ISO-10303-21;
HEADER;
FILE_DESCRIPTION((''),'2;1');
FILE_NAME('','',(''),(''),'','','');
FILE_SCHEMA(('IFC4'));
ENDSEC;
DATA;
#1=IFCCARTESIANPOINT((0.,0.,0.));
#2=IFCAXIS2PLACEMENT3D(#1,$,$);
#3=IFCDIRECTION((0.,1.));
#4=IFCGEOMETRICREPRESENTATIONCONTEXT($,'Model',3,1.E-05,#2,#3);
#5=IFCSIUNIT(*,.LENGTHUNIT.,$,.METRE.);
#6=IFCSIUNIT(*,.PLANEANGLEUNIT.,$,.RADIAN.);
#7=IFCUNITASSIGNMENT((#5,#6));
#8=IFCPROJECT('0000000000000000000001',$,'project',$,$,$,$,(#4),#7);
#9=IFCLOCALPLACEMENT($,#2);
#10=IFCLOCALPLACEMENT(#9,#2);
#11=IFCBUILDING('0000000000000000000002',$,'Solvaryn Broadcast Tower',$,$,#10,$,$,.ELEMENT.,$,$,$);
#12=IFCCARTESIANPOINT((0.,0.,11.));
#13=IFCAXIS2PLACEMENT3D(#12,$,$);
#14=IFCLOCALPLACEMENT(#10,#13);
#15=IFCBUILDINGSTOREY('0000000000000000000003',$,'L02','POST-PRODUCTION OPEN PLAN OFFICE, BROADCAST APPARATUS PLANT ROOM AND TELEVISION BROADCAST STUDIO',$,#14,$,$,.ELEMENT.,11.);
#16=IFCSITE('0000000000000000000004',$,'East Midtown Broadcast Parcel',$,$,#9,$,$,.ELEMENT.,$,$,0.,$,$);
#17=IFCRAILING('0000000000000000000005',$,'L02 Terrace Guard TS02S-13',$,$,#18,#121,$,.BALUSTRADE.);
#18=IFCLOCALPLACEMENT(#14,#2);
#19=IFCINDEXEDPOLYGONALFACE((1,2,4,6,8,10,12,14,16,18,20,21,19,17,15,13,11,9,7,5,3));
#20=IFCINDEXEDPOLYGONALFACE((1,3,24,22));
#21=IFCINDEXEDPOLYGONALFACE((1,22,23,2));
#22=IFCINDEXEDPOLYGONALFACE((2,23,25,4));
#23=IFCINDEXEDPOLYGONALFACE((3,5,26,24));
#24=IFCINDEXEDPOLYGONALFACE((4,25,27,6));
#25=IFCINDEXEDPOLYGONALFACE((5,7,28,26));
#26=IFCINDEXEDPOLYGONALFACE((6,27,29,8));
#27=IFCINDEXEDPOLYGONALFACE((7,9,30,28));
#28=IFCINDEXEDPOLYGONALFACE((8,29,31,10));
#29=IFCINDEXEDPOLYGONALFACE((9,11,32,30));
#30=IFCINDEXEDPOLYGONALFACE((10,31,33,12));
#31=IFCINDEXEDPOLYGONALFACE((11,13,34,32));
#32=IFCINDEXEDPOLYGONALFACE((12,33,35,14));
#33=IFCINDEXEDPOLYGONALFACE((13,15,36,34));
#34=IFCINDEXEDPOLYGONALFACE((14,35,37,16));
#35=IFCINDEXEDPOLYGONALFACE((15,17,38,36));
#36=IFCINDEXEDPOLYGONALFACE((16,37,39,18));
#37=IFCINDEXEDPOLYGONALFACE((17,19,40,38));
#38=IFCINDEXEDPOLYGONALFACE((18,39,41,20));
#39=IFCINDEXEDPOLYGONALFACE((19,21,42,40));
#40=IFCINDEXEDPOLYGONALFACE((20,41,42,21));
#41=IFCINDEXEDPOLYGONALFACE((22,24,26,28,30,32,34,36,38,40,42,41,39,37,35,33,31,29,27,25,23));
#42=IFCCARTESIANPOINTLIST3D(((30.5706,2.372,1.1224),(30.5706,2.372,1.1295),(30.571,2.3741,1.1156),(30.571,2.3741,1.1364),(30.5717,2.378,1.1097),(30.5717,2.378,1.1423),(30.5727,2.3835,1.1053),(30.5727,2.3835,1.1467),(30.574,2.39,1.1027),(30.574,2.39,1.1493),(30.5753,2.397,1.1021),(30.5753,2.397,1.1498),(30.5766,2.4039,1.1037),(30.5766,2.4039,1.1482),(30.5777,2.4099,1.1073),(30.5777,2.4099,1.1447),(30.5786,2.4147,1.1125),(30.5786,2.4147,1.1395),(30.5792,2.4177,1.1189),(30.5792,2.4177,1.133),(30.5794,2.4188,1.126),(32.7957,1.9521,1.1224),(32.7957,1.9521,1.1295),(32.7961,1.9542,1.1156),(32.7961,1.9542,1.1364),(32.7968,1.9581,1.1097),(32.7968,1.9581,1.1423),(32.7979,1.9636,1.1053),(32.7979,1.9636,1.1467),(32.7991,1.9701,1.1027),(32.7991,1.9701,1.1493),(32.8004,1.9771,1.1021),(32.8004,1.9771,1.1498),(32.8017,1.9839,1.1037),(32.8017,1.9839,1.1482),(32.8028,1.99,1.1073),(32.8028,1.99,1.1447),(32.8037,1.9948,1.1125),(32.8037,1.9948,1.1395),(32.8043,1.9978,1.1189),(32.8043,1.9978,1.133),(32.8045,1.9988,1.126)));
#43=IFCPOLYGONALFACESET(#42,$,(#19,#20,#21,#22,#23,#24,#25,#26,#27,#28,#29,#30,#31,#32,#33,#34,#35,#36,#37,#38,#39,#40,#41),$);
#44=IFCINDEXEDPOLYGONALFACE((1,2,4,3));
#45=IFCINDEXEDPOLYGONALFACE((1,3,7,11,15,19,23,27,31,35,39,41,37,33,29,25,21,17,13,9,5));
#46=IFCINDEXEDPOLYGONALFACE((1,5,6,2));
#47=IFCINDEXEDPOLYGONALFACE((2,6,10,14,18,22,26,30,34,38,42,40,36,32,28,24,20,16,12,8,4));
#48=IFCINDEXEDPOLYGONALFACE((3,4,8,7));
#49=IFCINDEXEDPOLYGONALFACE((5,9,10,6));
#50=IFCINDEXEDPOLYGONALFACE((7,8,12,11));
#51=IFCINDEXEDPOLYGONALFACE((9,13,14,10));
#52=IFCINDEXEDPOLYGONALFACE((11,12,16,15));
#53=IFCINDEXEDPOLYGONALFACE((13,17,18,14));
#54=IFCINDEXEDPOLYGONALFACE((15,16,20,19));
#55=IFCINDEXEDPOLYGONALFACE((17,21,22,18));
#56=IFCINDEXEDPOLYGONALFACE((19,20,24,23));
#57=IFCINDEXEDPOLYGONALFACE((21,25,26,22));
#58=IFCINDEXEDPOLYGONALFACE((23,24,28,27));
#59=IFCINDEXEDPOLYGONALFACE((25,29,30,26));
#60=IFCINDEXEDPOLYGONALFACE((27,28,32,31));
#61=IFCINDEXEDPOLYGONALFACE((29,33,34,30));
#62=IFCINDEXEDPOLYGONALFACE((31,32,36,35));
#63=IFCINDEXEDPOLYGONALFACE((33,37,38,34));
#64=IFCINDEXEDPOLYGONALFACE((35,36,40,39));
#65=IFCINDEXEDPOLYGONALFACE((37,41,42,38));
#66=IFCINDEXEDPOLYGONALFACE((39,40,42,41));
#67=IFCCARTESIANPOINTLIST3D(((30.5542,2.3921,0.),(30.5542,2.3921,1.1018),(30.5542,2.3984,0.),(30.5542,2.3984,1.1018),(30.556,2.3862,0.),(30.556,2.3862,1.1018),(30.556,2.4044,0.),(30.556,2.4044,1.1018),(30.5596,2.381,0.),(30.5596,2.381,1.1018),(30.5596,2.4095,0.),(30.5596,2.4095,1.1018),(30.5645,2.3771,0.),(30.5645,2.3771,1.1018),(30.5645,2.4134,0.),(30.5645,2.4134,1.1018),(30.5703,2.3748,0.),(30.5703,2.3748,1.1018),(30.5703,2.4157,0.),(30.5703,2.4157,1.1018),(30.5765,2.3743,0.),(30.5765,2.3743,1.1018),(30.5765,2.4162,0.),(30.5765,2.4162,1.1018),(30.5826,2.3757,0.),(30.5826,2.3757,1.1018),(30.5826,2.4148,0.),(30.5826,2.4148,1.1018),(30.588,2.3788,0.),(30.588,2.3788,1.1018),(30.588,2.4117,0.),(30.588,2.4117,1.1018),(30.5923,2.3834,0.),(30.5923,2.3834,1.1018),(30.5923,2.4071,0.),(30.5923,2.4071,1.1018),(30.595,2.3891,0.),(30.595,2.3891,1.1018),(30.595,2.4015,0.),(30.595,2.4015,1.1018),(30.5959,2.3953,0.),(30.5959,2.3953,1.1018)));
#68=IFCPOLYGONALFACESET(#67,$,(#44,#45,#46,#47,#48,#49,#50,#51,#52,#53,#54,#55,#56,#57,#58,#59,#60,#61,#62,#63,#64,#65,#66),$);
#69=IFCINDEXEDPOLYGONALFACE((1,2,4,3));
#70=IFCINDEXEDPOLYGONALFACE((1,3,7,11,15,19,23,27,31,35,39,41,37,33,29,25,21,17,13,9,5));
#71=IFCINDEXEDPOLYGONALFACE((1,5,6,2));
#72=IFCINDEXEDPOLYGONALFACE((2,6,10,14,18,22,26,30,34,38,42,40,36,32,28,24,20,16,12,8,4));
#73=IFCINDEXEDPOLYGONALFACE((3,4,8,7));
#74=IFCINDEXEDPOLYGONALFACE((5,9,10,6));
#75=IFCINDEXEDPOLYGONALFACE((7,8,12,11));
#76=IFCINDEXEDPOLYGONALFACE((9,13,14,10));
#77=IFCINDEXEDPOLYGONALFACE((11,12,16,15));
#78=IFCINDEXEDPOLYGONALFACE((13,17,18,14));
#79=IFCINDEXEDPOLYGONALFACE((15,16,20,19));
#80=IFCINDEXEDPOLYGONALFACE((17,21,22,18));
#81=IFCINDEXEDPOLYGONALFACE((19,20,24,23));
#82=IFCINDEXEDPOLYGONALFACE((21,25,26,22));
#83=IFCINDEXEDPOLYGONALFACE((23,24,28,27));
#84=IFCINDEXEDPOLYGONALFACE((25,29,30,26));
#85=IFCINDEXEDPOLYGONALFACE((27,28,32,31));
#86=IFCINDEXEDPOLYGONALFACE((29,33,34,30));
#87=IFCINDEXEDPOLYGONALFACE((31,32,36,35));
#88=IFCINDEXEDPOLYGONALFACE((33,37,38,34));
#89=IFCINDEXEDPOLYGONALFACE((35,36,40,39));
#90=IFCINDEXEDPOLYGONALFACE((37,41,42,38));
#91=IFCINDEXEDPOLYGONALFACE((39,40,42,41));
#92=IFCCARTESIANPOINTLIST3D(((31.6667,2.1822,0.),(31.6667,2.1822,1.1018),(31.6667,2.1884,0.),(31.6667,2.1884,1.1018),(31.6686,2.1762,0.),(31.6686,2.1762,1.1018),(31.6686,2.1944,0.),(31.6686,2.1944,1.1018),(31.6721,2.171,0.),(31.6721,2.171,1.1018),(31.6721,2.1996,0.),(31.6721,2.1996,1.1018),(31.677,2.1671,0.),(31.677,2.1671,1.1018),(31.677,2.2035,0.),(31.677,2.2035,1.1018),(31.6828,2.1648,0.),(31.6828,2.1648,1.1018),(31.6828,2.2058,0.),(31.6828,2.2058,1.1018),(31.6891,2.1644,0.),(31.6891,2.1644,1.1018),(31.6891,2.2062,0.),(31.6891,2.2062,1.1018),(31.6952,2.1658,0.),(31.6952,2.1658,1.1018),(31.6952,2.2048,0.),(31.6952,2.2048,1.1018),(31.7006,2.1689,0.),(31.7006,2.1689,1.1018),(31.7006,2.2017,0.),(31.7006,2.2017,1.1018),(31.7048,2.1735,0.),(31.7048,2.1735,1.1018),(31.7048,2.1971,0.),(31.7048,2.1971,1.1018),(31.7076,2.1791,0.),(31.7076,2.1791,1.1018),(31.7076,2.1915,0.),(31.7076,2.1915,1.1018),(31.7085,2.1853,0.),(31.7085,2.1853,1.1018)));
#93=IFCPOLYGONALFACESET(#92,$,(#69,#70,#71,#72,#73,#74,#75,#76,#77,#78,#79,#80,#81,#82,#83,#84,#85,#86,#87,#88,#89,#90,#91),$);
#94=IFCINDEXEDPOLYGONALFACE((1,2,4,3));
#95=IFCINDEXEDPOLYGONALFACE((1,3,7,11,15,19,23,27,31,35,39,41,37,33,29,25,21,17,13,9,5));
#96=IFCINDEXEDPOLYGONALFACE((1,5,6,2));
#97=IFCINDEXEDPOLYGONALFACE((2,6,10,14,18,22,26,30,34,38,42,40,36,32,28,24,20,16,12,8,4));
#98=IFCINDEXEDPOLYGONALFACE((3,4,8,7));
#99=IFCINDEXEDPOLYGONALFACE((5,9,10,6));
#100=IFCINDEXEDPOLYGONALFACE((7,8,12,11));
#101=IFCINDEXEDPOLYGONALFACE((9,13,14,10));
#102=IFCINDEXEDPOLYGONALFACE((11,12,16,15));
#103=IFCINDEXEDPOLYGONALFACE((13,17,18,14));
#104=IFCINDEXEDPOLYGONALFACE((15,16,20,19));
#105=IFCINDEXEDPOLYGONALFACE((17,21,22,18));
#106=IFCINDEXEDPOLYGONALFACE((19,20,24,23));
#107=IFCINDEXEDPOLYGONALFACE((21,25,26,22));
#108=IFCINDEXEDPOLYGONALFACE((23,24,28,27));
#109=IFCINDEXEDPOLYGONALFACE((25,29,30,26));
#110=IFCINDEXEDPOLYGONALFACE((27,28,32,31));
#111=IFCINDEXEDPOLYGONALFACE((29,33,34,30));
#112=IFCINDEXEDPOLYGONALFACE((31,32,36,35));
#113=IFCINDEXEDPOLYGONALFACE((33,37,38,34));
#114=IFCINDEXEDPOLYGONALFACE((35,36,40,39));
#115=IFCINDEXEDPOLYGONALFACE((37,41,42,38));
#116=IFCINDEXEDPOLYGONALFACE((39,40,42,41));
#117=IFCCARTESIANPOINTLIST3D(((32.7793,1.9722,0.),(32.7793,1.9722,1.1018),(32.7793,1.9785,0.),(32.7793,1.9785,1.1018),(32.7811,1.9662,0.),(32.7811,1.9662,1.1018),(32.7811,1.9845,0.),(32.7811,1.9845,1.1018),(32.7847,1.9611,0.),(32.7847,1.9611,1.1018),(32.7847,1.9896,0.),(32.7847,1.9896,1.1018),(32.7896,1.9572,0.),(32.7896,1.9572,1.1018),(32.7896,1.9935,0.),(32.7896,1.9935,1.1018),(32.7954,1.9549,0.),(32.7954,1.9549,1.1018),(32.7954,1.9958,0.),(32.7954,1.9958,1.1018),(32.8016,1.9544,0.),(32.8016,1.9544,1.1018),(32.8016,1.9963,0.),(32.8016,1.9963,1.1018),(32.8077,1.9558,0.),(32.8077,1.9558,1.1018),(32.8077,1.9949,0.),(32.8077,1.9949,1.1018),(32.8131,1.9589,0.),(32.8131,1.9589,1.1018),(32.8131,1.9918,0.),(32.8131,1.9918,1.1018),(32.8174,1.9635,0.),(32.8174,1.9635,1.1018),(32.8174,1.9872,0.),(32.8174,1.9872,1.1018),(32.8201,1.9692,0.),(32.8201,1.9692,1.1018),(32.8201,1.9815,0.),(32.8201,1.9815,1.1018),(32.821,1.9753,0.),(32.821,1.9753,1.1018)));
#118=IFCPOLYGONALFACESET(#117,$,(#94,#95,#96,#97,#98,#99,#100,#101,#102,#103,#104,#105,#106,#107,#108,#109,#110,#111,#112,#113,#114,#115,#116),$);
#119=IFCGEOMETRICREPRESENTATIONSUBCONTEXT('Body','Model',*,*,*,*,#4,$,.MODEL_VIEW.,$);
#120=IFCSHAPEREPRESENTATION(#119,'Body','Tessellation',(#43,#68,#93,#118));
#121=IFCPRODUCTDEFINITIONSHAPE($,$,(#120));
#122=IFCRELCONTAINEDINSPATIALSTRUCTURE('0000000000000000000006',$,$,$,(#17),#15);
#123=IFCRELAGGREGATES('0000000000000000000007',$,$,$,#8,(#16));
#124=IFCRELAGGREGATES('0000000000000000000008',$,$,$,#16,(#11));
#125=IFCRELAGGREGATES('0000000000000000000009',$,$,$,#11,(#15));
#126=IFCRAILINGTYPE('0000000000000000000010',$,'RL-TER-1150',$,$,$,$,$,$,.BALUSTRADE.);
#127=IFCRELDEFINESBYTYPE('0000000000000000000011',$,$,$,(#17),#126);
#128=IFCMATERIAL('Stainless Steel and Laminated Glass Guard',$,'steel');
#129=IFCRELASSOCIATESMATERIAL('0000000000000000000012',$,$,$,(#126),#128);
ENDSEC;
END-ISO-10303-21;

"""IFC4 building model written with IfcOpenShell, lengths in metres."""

from ifc_helpers import new_model, si_unit, direction, frame, origin, origin_2d, place, context, subcontext, project, spatial, circle, extrude, material, type_object, element, save


model = new_model("IFC4")

# Units and contexts
model_context = context("Model", 3, precision=1e-05, world=origin(), true_north=direction((0.0, 1.0)))
body_context = subcontext(model_context, "Body", "Model", "MODEL_VIEW")
ifc_project = project(units=[si_unit("LENGTHUNIT", "METRE"), si_unit("PLANEANGLEUNIT", "RADIAN")], contexts=[model_context])

# Site, building, storey
site_placement = place(None, origin())
site = spatial("IfcSite", under=ifc_project, at=site_placement, Name="East Midtown Broadcast Parcel", CompositionType="ELEMENT", RefElevation=0.0)
building_placement = place(site_placement, origin())
building = spatial("IfcBuilding", under=site, at=building_placement, Name="Solvaryn Broadcast Tower", CompositionType="ELEMENT")
storey_placement = place(building_placement, frame((0.0, 0.0, 11.0)))
storey = spatial("IfcBuildingStorey", under=building, at=storey_placement, Name="L02", Description="POST-PRODUCTION OPEN PLAN OFFICE, BROADCAST APPARATUS PLANT ROOM AND TELEVISION BROADCAST STUDIO", CompositionType="ELEMENT", Elevation=11.0)

# Railing
ifc_material_1 = material(Name="Stainless Steel and Laminated Glass Guard", Category="steel")
railing_type = type_object("IfcRailingType", Name="RL-TER-1150", PredefinedType="BALUSTRADE", material=ifc_material_1)
railing_1_placement = place(storey_placement, frame((30.575, 2.3953, 0.0)))
element("IfcRailing", 1, at=railing_1_placement, inside=storey, type_object=railing_type, Name="L02 Terrace Guard TS02S-13", PredefinedType="BALUSTRADE", context=body_context, shape_type="SweptSolid", body=[
    extrude(circle(Radius=0.0239, at=origin_2d()), frame((0.0, 0.0, 1.126), z_axis=(0.982654, -0.185447, 0.0), x_axis=(0.185447, 0.982654, 0.0)), (0.0, 0.0, 1.0), 2.2644),
    extrude(circle(Radius=0.021, at=origin_2d()), origin(), (0.0, 0.0, 1.0), 1.1018),
    extrude(circle(Radius=0.021, at=origin_2d()), frame((1.1125, -0.21, 0.0)), (0.0, 0.0, 1.0), 1.1018),
    extrude(circle(Radius=0.021, at=origin_2d()), frame((2.2251, -0.4199, 0.0)), (0.0, 0.0, 1.0), 1.1018),
])

save(model, "model.ifc")
